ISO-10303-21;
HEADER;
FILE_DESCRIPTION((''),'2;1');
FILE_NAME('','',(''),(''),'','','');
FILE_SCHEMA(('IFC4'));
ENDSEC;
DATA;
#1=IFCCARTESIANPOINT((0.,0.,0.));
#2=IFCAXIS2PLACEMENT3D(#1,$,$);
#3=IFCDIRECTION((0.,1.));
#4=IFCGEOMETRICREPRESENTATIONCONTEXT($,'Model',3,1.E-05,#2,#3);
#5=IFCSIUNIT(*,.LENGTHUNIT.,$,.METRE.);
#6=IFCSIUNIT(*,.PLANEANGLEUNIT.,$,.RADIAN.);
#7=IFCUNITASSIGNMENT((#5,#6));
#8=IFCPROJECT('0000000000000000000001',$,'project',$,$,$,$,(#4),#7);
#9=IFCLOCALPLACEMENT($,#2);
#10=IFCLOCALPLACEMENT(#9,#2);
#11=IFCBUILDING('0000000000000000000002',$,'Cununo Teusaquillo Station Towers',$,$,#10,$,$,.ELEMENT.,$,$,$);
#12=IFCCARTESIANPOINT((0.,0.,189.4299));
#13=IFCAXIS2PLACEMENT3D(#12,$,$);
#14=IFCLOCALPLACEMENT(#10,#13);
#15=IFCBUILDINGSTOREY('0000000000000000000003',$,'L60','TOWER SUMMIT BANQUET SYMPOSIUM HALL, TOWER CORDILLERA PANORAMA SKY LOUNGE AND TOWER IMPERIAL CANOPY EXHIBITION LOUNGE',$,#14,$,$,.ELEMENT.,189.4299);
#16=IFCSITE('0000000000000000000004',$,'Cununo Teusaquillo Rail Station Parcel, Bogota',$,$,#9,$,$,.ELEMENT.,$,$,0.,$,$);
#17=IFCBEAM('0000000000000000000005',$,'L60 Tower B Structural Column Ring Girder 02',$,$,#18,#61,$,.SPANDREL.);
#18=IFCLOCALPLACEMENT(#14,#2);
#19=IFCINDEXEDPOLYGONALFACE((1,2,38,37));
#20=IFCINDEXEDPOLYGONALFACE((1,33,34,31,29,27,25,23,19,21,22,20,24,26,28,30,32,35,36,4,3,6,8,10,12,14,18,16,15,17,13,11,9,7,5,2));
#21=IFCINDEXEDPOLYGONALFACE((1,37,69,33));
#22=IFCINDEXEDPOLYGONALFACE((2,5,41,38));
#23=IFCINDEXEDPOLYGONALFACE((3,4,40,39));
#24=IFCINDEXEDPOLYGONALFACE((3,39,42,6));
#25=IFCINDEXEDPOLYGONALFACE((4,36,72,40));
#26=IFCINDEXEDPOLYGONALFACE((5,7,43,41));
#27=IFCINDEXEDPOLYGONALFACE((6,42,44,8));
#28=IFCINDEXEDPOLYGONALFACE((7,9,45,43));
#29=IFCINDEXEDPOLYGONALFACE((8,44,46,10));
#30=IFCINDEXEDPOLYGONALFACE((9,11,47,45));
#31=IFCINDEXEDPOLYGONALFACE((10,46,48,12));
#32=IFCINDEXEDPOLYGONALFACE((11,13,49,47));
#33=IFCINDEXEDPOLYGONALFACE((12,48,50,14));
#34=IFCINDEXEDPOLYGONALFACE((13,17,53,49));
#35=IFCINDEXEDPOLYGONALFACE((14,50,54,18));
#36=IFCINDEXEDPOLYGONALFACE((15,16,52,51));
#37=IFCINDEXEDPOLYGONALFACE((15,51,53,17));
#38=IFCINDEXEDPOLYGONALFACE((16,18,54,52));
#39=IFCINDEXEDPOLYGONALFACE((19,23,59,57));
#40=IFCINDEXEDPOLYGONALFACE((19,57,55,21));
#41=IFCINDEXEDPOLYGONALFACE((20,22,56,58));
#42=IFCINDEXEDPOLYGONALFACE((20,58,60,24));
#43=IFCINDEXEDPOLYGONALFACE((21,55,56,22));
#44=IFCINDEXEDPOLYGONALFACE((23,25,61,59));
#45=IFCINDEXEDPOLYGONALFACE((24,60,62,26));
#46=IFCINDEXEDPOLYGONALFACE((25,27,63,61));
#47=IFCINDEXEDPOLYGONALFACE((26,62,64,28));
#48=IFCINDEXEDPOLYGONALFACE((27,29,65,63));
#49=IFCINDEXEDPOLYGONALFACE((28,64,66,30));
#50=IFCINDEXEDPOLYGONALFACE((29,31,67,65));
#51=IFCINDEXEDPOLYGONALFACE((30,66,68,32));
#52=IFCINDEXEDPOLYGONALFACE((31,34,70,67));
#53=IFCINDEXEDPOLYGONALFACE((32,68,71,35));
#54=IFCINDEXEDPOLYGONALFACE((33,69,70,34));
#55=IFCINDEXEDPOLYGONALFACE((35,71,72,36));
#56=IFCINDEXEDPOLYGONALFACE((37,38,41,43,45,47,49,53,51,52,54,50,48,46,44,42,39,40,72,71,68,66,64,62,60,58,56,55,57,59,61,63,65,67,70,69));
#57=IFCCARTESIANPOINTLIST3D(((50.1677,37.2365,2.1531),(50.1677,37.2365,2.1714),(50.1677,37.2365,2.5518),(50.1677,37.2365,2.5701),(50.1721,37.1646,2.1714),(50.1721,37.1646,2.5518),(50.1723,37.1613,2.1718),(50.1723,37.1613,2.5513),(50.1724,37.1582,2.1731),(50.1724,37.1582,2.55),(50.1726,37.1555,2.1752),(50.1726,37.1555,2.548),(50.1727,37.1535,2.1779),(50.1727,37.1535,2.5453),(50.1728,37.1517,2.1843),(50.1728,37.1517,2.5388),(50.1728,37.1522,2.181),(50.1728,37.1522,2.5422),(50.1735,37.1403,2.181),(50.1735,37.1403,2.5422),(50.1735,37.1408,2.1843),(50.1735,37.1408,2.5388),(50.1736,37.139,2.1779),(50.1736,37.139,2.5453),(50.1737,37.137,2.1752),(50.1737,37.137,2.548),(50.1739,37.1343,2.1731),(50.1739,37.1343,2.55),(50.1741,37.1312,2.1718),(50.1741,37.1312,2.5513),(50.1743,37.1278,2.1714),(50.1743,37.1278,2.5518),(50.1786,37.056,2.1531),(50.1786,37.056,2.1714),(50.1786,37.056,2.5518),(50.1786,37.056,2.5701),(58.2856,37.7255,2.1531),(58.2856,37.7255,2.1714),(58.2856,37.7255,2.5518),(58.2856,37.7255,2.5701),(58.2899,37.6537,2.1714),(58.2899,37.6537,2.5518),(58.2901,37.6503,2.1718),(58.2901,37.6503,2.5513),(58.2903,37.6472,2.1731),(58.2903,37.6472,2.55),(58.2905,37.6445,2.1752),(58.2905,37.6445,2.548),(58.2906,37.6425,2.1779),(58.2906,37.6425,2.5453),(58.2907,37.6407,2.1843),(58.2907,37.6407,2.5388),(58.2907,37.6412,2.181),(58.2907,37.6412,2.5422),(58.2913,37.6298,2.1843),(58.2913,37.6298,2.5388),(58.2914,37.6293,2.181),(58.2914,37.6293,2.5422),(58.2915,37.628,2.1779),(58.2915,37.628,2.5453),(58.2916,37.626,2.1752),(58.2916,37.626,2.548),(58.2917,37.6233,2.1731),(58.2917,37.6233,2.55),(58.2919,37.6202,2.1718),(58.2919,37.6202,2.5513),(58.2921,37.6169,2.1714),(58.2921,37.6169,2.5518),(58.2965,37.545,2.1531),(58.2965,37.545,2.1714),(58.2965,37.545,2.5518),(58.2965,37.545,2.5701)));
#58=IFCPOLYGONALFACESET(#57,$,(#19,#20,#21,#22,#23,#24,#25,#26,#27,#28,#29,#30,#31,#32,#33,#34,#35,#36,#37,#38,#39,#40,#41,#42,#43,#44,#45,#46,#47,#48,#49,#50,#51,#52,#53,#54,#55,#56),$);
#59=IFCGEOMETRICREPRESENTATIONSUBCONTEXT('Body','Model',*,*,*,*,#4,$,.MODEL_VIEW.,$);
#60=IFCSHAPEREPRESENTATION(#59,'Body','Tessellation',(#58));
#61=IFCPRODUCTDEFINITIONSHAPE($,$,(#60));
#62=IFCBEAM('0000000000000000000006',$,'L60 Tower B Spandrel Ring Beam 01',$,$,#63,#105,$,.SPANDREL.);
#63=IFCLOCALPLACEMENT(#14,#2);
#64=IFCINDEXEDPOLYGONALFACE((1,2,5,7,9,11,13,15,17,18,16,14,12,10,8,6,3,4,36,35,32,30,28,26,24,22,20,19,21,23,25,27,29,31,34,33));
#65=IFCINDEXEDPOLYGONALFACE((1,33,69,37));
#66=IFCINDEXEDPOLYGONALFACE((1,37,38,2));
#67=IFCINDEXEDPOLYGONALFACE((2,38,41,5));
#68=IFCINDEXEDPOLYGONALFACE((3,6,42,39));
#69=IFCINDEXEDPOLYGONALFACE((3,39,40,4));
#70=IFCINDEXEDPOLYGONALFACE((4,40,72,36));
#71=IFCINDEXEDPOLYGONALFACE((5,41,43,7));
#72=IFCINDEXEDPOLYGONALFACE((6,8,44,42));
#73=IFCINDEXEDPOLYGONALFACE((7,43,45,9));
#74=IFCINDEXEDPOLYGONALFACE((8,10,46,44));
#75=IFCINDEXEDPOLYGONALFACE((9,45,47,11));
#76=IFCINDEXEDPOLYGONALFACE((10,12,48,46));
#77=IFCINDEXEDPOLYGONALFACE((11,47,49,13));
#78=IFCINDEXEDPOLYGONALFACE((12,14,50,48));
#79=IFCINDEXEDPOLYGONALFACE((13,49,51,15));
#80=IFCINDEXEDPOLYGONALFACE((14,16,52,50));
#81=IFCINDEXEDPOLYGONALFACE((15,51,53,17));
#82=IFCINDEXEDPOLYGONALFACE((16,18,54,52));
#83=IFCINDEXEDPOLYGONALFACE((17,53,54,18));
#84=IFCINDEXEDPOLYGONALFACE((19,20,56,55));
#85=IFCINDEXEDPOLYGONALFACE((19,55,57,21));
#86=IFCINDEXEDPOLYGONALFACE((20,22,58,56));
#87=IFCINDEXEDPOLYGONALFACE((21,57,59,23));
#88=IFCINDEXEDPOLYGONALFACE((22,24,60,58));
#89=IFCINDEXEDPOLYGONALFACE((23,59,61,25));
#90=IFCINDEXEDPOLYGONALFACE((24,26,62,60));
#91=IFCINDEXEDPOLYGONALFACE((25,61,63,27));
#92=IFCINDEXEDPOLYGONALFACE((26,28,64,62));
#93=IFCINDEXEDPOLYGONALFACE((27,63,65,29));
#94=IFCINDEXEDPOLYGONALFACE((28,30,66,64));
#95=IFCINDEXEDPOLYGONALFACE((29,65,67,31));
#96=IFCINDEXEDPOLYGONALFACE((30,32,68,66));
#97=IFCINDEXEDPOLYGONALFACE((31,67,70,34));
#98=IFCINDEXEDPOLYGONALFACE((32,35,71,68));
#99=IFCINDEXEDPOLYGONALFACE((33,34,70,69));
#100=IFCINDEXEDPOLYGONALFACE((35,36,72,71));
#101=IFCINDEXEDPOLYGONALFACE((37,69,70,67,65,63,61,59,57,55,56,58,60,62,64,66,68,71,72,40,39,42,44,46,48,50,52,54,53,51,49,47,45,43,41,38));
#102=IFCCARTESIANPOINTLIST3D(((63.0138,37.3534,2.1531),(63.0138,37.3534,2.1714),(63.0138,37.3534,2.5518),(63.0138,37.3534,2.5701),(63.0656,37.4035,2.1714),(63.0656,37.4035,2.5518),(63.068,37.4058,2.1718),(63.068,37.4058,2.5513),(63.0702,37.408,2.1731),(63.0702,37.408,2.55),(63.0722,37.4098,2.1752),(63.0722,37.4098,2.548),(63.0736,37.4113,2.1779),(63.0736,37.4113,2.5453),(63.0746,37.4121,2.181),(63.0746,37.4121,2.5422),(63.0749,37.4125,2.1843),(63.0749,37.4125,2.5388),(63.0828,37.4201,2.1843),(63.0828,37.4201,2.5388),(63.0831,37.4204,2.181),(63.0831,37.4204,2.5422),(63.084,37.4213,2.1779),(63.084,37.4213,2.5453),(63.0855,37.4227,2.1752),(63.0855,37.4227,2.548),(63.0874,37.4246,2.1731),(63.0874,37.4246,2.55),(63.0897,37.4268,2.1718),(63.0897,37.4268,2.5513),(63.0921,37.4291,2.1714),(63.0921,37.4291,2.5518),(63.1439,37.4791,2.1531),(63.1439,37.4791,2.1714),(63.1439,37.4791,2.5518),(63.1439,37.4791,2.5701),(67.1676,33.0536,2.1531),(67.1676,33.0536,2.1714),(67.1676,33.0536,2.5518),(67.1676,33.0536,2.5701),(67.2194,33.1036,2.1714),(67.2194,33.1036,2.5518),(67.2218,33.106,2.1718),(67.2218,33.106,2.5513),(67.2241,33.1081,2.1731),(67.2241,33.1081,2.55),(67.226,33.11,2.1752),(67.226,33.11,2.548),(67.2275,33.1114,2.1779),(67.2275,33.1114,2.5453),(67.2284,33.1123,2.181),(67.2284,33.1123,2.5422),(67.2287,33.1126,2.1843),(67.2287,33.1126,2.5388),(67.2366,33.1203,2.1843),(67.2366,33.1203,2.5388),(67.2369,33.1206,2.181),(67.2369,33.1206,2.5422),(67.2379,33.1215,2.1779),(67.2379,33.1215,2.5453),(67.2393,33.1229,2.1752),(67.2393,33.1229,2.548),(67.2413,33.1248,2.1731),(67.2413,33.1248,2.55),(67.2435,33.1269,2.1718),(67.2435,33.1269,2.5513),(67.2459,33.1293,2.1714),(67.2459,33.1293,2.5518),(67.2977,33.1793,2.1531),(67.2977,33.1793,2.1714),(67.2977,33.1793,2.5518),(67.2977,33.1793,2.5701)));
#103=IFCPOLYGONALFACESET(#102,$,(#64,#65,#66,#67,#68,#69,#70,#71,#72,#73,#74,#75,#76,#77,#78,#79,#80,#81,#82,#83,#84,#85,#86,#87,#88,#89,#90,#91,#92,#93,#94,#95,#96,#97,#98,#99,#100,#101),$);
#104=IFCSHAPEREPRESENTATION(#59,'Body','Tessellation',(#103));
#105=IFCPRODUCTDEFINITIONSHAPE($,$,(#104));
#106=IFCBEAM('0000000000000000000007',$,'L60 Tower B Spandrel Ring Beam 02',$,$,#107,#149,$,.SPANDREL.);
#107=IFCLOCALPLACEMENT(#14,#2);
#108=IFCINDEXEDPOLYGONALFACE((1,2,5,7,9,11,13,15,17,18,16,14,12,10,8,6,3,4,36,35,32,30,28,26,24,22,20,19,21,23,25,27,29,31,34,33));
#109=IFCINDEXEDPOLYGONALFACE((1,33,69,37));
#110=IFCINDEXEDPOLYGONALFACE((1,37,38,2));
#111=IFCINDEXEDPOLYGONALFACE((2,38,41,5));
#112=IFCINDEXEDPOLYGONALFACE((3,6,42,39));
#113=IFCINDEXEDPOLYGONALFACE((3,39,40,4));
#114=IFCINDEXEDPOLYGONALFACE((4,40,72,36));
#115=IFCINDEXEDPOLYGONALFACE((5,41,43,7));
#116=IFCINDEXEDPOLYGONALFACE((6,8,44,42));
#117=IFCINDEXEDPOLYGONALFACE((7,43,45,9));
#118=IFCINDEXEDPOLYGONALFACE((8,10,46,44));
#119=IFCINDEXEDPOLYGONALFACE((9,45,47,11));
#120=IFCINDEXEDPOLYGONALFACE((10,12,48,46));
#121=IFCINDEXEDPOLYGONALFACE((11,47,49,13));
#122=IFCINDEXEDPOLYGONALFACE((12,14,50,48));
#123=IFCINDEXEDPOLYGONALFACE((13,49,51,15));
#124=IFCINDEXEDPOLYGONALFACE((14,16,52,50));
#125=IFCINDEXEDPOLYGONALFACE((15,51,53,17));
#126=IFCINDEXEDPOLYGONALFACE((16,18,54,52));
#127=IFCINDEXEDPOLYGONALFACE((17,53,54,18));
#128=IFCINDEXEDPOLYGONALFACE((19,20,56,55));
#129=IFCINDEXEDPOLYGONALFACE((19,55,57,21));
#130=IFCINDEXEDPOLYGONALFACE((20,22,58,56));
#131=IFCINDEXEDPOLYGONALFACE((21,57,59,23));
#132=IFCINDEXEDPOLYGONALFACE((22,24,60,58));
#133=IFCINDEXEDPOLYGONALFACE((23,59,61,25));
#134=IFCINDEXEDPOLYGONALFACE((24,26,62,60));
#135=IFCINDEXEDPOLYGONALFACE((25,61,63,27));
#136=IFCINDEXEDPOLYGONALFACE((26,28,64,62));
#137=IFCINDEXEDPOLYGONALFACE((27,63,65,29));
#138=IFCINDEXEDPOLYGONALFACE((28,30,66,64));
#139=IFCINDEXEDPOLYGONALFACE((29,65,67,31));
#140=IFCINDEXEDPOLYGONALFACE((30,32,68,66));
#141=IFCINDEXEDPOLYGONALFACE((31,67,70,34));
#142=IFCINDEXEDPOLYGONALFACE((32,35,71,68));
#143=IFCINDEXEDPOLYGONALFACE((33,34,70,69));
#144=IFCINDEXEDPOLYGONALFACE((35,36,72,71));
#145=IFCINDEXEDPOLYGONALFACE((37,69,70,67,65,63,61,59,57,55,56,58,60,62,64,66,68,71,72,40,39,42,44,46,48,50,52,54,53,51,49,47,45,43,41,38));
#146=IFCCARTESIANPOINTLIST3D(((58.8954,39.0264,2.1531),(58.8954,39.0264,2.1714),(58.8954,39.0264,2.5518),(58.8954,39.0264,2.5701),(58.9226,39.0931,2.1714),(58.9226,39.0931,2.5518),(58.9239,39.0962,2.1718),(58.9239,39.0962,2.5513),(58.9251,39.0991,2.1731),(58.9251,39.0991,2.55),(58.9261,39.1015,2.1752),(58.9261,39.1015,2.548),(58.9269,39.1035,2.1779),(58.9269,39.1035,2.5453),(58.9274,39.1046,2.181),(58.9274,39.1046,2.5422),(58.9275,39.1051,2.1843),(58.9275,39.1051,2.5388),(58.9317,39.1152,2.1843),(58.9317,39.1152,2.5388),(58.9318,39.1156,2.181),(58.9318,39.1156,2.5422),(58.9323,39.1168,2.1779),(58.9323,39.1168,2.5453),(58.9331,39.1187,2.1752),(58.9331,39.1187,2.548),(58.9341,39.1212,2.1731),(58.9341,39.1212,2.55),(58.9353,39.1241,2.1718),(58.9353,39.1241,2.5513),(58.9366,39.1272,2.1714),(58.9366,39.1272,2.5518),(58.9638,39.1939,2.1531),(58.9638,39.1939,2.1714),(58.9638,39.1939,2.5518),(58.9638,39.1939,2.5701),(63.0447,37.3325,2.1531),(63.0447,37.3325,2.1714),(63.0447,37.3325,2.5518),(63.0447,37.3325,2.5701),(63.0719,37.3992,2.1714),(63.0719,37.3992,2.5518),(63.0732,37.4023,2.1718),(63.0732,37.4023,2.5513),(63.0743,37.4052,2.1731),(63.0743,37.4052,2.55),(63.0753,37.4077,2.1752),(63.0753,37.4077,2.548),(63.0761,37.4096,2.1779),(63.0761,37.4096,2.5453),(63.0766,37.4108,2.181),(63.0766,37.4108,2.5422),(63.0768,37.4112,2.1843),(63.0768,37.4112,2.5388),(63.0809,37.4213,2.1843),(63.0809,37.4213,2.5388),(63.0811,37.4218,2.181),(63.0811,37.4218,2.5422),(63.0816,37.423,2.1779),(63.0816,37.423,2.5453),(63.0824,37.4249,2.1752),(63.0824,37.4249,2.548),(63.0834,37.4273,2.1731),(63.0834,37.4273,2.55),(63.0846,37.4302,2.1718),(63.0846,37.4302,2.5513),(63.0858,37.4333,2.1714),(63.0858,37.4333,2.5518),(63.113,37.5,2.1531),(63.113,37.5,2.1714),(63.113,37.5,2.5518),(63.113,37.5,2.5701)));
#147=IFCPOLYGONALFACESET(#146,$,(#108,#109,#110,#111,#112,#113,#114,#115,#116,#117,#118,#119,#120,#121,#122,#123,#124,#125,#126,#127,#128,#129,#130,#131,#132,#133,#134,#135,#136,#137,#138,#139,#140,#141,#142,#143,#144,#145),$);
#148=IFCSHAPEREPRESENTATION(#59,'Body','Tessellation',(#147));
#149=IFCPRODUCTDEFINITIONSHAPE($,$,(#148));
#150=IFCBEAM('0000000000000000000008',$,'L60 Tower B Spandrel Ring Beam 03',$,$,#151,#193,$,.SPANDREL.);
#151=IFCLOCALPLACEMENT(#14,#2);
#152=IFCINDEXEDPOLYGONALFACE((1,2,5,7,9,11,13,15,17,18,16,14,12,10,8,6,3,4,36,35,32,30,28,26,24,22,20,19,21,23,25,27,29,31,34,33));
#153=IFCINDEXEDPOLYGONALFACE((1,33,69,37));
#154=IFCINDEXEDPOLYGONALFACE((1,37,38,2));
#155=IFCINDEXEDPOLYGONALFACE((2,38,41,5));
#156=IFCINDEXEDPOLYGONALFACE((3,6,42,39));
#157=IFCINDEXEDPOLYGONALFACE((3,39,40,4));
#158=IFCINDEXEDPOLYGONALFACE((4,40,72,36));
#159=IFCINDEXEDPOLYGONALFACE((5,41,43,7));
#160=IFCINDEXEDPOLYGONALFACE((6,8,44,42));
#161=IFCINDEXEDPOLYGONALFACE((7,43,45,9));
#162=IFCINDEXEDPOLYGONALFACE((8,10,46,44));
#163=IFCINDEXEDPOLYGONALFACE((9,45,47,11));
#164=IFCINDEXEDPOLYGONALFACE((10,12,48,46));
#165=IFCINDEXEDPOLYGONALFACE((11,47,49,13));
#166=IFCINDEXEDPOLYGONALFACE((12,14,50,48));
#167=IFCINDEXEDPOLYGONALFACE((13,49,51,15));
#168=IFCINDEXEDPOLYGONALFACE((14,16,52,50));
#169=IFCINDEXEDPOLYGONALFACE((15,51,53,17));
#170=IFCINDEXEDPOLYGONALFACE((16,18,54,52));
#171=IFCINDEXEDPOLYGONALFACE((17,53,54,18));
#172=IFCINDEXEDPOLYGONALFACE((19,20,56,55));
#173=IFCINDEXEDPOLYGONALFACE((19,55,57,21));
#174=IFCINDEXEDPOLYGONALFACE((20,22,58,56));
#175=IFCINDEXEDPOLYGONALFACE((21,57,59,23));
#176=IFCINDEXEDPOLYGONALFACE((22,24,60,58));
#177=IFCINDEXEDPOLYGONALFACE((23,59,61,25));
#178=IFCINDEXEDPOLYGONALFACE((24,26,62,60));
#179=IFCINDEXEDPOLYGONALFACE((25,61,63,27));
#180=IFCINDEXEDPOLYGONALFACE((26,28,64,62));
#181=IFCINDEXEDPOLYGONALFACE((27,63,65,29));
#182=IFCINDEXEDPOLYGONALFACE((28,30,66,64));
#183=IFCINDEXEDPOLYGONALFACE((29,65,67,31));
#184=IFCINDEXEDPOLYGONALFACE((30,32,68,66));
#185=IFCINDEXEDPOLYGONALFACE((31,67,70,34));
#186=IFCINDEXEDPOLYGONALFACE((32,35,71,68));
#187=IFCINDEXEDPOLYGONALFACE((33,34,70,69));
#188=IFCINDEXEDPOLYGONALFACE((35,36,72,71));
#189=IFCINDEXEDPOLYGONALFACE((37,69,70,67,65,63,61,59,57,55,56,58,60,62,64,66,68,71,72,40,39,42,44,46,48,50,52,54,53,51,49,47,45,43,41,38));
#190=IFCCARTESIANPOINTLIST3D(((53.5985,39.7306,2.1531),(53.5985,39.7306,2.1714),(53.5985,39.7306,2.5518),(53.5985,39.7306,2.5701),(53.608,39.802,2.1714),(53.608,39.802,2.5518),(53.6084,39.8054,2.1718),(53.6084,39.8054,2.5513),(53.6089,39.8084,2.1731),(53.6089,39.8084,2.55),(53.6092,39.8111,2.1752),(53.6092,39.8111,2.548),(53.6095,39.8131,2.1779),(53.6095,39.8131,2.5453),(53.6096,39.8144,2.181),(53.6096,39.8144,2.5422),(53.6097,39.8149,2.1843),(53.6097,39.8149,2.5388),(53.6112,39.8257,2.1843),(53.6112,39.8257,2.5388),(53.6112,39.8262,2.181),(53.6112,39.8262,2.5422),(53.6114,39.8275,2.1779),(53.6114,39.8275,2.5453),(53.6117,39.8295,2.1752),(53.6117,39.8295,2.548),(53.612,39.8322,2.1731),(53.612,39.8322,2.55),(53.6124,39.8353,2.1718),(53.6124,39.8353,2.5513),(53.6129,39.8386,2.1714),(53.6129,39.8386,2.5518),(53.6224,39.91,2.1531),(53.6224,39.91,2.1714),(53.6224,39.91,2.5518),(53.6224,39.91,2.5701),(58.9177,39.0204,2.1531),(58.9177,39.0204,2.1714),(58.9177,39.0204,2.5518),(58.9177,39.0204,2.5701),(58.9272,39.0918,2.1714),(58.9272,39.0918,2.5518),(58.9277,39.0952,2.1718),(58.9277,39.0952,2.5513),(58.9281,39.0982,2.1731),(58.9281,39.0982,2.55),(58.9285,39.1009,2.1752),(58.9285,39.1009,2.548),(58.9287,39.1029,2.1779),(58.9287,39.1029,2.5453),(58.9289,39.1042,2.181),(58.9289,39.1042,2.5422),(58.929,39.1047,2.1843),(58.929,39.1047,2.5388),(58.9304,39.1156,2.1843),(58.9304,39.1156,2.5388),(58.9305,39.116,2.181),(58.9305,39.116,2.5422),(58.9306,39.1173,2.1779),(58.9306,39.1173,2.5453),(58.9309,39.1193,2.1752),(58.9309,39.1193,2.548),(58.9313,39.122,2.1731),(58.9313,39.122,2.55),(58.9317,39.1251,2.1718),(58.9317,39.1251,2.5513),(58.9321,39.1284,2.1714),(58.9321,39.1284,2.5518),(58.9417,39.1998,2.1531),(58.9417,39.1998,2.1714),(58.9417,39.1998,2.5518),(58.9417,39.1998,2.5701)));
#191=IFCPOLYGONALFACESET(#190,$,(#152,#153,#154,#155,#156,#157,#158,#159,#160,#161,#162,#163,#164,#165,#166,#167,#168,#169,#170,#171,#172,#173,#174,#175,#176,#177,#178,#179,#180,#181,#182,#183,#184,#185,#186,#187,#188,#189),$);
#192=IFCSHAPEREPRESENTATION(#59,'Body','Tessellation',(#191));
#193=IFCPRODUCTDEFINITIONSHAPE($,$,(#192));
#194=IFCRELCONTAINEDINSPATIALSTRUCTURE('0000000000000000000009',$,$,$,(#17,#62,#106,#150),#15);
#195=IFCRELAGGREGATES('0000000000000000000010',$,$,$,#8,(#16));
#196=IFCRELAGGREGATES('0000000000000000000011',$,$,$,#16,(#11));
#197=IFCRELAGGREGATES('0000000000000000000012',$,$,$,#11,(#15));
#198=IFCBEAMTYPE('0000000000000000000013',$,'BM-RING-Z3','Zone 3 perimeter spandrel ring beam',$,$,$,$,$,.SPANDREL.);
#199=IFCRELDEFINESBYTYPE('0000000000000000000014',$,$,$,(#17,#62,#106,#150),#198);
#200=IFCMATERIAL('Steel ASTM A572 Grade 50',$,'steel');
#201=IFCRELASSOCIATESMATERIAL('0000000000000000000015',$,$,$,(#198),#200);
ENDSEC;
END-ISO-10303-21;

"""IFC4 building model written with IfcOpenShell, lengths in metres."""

from ifc_helpers import new_model, si_unit, direction, frame, origin, origin_2d, place, context, subcontext, project, spatial, i_section, extrude, material, material_profile, profile_set, type_object, element, save


model = new_model("IFC4")

# Units and contexts
model_context = context("Model", 3, precision=1e-05, world=origin(), true_north=direction((0.0, 1.0)))
body_context = subcontext(model_context, "Body", "Model", "MODEL_VIEW")
ifc_project = project(units=[si_unit("LENGTHUNIT", "METRE"), si_unit("PLANEANGLEUNIT", "RADIAN")], contexts=[model_context])

# Site, building, storey
site_placement = place(None, origin())
site = spatial("IfcSite", under=ifc_project, at=site_placement, Name="Cununo Teusaquillo Rail Station Parcel, Bogota", CompositionType="ELEMENT", RefElevation=0.0)
building_placement = place(site_placement, origin())
building = spatial("IfcBuilding", under=site, at=building_placement, Name="Cununo Teusaquillo Station Towers", CompositionType="ELEMENT")
storey_placement = place(building_placement, frame((0.0, 0.0, 189.4299)))
storey = spatial("IfcBuildingStorey", under=building, at=storey_placement, Name="L60", Description="TOWER SUMMIT BANQUET SYMPOSIUM HALL, TOWER CORDILLERA PANORAMA SKY LOUNGE AND TOWER IMPERIAL CANOPY EXHIBITION LOUNGE", CompositionType="ELEMENT", Elevation=189.4299)

# Beams
ifc_material_1 = material(Name="Steel ASTM A572 Grade 50", Category="steel")
ifc_material_profile_1 = material_profile(ifc_material_1, i_section(OverallWidth=0.1809, OverallDepth=0.417, WebThickness=0.011, FlangeThickness=0.0183, FilletRadius=0.0129, at=origin_2d()), Name="W16X57")
ifc_profile_set_1 = profile_set([ifc_material_profile_1], Name="Steel ASTM A572 Grade 50")
beam_type_1 = type_object("IfcBeamType", Name="BM-RING-Z3", Description="Zone 3 perimeter spandrel ring beam", PredefinedType="SPANDREL", material=ifc_profile_set_1)
beam_1_placement = place(storey_placement, frame((58.291, 37.6353, 2.3616), z_axis=(-0.998191, -0.06013, 0.0), x_axis=(0.06013, -0.998191, 0.0)))
element("IfcBeam", 1, at=beam_1_placement, inside=storey, type_object=beam_type_1, Name="L60 Tower B Structural Column Ring Girder 02", PredefinedType="SPANDREL", context=body_context, shape_type="SweptSolid", body=[
    extrude(i_section(OverallWidth=0.1809, OverallDepth=0.417, WebThickness=0.011, FlangeThickness=0.0183, FilletRadius=0.0129, at=origin_2d()), origin(), (0.0, 0.0, 1.0), 8.1326),
])
beam_2_placement = place(storey_placement, frame((67.2327, 33.1165, 2.3616), z_axis=(-0.694791, 0.719211, 0.0), x_axis=(-0.719211, -0.694791, 0.0)))
element("IfcBeam", 2, at=beam_2_placement, inside=storey, type_object=beam_type_1, Name="L60 Tower B Spandrel Ring Beam 01", PredefinedType="SPANDREL", context=body_context, shape_type="SweptSolid", body=[
    extrude(i_section(OverallWidth=0.1809, OverallDepth=0.417, WebThickness=0.011, FlangeThickness=0.0183, FilletRadius=0.0129, at=origin_2d()), origin(), (0.0, 0.0, 1.0), 5.9785),
])
beam_3_placement = place(storey_placement, frame((63.0789, 37.4163, 2.3616), z_axis=(-0.925824, 0.377956, 0.0), x_axis=(-0.377956, -0.925824, 0.0)))
element("IfcBeam", 3, at=beam_3_placement, inside=storey, type_object=beam_type_1, Name="L60 Tower B Spandrel Ring Beam 02", PredefinedType="SPANDREL", context=body_context, shape_type="SweptSolid", body=[
    extrude(i_section(OverallWidth=0.1809, OverallDepth=0.417, WebThickness=0.011, FlangeThickness=0.0183, FilletRadius=0.0129, at=origin_2d()), origin(), (0.0, 0.0, 1.0), 4.4817),
])
beam_4_placement = place(storey_placement, frame((58.9297, 39.1101, 2.3616), z_axis=(-0.991204, 0.13234, 0.0), x_axis=(-0.13234, -0.991204, 0.0)))
element("IfcBeam", 4, at=beam_4_placement, inside=storey, type_object=beam_type_1, Name="L60 Tower B Spandrel Ring Beam 03", PredefinedType="SPANDREL", context=body_context, shape_type="SweptSolid", body=[
    extrude(i_section(OverallWidth=0.1809, OverallDepth=0.417, WebThickness=0.011, FlangeThickness=0.0183, FilletRadius=0.0129, at=origin_2d()), origin(), (0.0, 0.0, 1.0), 5.3665),
])

save(model, "model.ifc")
